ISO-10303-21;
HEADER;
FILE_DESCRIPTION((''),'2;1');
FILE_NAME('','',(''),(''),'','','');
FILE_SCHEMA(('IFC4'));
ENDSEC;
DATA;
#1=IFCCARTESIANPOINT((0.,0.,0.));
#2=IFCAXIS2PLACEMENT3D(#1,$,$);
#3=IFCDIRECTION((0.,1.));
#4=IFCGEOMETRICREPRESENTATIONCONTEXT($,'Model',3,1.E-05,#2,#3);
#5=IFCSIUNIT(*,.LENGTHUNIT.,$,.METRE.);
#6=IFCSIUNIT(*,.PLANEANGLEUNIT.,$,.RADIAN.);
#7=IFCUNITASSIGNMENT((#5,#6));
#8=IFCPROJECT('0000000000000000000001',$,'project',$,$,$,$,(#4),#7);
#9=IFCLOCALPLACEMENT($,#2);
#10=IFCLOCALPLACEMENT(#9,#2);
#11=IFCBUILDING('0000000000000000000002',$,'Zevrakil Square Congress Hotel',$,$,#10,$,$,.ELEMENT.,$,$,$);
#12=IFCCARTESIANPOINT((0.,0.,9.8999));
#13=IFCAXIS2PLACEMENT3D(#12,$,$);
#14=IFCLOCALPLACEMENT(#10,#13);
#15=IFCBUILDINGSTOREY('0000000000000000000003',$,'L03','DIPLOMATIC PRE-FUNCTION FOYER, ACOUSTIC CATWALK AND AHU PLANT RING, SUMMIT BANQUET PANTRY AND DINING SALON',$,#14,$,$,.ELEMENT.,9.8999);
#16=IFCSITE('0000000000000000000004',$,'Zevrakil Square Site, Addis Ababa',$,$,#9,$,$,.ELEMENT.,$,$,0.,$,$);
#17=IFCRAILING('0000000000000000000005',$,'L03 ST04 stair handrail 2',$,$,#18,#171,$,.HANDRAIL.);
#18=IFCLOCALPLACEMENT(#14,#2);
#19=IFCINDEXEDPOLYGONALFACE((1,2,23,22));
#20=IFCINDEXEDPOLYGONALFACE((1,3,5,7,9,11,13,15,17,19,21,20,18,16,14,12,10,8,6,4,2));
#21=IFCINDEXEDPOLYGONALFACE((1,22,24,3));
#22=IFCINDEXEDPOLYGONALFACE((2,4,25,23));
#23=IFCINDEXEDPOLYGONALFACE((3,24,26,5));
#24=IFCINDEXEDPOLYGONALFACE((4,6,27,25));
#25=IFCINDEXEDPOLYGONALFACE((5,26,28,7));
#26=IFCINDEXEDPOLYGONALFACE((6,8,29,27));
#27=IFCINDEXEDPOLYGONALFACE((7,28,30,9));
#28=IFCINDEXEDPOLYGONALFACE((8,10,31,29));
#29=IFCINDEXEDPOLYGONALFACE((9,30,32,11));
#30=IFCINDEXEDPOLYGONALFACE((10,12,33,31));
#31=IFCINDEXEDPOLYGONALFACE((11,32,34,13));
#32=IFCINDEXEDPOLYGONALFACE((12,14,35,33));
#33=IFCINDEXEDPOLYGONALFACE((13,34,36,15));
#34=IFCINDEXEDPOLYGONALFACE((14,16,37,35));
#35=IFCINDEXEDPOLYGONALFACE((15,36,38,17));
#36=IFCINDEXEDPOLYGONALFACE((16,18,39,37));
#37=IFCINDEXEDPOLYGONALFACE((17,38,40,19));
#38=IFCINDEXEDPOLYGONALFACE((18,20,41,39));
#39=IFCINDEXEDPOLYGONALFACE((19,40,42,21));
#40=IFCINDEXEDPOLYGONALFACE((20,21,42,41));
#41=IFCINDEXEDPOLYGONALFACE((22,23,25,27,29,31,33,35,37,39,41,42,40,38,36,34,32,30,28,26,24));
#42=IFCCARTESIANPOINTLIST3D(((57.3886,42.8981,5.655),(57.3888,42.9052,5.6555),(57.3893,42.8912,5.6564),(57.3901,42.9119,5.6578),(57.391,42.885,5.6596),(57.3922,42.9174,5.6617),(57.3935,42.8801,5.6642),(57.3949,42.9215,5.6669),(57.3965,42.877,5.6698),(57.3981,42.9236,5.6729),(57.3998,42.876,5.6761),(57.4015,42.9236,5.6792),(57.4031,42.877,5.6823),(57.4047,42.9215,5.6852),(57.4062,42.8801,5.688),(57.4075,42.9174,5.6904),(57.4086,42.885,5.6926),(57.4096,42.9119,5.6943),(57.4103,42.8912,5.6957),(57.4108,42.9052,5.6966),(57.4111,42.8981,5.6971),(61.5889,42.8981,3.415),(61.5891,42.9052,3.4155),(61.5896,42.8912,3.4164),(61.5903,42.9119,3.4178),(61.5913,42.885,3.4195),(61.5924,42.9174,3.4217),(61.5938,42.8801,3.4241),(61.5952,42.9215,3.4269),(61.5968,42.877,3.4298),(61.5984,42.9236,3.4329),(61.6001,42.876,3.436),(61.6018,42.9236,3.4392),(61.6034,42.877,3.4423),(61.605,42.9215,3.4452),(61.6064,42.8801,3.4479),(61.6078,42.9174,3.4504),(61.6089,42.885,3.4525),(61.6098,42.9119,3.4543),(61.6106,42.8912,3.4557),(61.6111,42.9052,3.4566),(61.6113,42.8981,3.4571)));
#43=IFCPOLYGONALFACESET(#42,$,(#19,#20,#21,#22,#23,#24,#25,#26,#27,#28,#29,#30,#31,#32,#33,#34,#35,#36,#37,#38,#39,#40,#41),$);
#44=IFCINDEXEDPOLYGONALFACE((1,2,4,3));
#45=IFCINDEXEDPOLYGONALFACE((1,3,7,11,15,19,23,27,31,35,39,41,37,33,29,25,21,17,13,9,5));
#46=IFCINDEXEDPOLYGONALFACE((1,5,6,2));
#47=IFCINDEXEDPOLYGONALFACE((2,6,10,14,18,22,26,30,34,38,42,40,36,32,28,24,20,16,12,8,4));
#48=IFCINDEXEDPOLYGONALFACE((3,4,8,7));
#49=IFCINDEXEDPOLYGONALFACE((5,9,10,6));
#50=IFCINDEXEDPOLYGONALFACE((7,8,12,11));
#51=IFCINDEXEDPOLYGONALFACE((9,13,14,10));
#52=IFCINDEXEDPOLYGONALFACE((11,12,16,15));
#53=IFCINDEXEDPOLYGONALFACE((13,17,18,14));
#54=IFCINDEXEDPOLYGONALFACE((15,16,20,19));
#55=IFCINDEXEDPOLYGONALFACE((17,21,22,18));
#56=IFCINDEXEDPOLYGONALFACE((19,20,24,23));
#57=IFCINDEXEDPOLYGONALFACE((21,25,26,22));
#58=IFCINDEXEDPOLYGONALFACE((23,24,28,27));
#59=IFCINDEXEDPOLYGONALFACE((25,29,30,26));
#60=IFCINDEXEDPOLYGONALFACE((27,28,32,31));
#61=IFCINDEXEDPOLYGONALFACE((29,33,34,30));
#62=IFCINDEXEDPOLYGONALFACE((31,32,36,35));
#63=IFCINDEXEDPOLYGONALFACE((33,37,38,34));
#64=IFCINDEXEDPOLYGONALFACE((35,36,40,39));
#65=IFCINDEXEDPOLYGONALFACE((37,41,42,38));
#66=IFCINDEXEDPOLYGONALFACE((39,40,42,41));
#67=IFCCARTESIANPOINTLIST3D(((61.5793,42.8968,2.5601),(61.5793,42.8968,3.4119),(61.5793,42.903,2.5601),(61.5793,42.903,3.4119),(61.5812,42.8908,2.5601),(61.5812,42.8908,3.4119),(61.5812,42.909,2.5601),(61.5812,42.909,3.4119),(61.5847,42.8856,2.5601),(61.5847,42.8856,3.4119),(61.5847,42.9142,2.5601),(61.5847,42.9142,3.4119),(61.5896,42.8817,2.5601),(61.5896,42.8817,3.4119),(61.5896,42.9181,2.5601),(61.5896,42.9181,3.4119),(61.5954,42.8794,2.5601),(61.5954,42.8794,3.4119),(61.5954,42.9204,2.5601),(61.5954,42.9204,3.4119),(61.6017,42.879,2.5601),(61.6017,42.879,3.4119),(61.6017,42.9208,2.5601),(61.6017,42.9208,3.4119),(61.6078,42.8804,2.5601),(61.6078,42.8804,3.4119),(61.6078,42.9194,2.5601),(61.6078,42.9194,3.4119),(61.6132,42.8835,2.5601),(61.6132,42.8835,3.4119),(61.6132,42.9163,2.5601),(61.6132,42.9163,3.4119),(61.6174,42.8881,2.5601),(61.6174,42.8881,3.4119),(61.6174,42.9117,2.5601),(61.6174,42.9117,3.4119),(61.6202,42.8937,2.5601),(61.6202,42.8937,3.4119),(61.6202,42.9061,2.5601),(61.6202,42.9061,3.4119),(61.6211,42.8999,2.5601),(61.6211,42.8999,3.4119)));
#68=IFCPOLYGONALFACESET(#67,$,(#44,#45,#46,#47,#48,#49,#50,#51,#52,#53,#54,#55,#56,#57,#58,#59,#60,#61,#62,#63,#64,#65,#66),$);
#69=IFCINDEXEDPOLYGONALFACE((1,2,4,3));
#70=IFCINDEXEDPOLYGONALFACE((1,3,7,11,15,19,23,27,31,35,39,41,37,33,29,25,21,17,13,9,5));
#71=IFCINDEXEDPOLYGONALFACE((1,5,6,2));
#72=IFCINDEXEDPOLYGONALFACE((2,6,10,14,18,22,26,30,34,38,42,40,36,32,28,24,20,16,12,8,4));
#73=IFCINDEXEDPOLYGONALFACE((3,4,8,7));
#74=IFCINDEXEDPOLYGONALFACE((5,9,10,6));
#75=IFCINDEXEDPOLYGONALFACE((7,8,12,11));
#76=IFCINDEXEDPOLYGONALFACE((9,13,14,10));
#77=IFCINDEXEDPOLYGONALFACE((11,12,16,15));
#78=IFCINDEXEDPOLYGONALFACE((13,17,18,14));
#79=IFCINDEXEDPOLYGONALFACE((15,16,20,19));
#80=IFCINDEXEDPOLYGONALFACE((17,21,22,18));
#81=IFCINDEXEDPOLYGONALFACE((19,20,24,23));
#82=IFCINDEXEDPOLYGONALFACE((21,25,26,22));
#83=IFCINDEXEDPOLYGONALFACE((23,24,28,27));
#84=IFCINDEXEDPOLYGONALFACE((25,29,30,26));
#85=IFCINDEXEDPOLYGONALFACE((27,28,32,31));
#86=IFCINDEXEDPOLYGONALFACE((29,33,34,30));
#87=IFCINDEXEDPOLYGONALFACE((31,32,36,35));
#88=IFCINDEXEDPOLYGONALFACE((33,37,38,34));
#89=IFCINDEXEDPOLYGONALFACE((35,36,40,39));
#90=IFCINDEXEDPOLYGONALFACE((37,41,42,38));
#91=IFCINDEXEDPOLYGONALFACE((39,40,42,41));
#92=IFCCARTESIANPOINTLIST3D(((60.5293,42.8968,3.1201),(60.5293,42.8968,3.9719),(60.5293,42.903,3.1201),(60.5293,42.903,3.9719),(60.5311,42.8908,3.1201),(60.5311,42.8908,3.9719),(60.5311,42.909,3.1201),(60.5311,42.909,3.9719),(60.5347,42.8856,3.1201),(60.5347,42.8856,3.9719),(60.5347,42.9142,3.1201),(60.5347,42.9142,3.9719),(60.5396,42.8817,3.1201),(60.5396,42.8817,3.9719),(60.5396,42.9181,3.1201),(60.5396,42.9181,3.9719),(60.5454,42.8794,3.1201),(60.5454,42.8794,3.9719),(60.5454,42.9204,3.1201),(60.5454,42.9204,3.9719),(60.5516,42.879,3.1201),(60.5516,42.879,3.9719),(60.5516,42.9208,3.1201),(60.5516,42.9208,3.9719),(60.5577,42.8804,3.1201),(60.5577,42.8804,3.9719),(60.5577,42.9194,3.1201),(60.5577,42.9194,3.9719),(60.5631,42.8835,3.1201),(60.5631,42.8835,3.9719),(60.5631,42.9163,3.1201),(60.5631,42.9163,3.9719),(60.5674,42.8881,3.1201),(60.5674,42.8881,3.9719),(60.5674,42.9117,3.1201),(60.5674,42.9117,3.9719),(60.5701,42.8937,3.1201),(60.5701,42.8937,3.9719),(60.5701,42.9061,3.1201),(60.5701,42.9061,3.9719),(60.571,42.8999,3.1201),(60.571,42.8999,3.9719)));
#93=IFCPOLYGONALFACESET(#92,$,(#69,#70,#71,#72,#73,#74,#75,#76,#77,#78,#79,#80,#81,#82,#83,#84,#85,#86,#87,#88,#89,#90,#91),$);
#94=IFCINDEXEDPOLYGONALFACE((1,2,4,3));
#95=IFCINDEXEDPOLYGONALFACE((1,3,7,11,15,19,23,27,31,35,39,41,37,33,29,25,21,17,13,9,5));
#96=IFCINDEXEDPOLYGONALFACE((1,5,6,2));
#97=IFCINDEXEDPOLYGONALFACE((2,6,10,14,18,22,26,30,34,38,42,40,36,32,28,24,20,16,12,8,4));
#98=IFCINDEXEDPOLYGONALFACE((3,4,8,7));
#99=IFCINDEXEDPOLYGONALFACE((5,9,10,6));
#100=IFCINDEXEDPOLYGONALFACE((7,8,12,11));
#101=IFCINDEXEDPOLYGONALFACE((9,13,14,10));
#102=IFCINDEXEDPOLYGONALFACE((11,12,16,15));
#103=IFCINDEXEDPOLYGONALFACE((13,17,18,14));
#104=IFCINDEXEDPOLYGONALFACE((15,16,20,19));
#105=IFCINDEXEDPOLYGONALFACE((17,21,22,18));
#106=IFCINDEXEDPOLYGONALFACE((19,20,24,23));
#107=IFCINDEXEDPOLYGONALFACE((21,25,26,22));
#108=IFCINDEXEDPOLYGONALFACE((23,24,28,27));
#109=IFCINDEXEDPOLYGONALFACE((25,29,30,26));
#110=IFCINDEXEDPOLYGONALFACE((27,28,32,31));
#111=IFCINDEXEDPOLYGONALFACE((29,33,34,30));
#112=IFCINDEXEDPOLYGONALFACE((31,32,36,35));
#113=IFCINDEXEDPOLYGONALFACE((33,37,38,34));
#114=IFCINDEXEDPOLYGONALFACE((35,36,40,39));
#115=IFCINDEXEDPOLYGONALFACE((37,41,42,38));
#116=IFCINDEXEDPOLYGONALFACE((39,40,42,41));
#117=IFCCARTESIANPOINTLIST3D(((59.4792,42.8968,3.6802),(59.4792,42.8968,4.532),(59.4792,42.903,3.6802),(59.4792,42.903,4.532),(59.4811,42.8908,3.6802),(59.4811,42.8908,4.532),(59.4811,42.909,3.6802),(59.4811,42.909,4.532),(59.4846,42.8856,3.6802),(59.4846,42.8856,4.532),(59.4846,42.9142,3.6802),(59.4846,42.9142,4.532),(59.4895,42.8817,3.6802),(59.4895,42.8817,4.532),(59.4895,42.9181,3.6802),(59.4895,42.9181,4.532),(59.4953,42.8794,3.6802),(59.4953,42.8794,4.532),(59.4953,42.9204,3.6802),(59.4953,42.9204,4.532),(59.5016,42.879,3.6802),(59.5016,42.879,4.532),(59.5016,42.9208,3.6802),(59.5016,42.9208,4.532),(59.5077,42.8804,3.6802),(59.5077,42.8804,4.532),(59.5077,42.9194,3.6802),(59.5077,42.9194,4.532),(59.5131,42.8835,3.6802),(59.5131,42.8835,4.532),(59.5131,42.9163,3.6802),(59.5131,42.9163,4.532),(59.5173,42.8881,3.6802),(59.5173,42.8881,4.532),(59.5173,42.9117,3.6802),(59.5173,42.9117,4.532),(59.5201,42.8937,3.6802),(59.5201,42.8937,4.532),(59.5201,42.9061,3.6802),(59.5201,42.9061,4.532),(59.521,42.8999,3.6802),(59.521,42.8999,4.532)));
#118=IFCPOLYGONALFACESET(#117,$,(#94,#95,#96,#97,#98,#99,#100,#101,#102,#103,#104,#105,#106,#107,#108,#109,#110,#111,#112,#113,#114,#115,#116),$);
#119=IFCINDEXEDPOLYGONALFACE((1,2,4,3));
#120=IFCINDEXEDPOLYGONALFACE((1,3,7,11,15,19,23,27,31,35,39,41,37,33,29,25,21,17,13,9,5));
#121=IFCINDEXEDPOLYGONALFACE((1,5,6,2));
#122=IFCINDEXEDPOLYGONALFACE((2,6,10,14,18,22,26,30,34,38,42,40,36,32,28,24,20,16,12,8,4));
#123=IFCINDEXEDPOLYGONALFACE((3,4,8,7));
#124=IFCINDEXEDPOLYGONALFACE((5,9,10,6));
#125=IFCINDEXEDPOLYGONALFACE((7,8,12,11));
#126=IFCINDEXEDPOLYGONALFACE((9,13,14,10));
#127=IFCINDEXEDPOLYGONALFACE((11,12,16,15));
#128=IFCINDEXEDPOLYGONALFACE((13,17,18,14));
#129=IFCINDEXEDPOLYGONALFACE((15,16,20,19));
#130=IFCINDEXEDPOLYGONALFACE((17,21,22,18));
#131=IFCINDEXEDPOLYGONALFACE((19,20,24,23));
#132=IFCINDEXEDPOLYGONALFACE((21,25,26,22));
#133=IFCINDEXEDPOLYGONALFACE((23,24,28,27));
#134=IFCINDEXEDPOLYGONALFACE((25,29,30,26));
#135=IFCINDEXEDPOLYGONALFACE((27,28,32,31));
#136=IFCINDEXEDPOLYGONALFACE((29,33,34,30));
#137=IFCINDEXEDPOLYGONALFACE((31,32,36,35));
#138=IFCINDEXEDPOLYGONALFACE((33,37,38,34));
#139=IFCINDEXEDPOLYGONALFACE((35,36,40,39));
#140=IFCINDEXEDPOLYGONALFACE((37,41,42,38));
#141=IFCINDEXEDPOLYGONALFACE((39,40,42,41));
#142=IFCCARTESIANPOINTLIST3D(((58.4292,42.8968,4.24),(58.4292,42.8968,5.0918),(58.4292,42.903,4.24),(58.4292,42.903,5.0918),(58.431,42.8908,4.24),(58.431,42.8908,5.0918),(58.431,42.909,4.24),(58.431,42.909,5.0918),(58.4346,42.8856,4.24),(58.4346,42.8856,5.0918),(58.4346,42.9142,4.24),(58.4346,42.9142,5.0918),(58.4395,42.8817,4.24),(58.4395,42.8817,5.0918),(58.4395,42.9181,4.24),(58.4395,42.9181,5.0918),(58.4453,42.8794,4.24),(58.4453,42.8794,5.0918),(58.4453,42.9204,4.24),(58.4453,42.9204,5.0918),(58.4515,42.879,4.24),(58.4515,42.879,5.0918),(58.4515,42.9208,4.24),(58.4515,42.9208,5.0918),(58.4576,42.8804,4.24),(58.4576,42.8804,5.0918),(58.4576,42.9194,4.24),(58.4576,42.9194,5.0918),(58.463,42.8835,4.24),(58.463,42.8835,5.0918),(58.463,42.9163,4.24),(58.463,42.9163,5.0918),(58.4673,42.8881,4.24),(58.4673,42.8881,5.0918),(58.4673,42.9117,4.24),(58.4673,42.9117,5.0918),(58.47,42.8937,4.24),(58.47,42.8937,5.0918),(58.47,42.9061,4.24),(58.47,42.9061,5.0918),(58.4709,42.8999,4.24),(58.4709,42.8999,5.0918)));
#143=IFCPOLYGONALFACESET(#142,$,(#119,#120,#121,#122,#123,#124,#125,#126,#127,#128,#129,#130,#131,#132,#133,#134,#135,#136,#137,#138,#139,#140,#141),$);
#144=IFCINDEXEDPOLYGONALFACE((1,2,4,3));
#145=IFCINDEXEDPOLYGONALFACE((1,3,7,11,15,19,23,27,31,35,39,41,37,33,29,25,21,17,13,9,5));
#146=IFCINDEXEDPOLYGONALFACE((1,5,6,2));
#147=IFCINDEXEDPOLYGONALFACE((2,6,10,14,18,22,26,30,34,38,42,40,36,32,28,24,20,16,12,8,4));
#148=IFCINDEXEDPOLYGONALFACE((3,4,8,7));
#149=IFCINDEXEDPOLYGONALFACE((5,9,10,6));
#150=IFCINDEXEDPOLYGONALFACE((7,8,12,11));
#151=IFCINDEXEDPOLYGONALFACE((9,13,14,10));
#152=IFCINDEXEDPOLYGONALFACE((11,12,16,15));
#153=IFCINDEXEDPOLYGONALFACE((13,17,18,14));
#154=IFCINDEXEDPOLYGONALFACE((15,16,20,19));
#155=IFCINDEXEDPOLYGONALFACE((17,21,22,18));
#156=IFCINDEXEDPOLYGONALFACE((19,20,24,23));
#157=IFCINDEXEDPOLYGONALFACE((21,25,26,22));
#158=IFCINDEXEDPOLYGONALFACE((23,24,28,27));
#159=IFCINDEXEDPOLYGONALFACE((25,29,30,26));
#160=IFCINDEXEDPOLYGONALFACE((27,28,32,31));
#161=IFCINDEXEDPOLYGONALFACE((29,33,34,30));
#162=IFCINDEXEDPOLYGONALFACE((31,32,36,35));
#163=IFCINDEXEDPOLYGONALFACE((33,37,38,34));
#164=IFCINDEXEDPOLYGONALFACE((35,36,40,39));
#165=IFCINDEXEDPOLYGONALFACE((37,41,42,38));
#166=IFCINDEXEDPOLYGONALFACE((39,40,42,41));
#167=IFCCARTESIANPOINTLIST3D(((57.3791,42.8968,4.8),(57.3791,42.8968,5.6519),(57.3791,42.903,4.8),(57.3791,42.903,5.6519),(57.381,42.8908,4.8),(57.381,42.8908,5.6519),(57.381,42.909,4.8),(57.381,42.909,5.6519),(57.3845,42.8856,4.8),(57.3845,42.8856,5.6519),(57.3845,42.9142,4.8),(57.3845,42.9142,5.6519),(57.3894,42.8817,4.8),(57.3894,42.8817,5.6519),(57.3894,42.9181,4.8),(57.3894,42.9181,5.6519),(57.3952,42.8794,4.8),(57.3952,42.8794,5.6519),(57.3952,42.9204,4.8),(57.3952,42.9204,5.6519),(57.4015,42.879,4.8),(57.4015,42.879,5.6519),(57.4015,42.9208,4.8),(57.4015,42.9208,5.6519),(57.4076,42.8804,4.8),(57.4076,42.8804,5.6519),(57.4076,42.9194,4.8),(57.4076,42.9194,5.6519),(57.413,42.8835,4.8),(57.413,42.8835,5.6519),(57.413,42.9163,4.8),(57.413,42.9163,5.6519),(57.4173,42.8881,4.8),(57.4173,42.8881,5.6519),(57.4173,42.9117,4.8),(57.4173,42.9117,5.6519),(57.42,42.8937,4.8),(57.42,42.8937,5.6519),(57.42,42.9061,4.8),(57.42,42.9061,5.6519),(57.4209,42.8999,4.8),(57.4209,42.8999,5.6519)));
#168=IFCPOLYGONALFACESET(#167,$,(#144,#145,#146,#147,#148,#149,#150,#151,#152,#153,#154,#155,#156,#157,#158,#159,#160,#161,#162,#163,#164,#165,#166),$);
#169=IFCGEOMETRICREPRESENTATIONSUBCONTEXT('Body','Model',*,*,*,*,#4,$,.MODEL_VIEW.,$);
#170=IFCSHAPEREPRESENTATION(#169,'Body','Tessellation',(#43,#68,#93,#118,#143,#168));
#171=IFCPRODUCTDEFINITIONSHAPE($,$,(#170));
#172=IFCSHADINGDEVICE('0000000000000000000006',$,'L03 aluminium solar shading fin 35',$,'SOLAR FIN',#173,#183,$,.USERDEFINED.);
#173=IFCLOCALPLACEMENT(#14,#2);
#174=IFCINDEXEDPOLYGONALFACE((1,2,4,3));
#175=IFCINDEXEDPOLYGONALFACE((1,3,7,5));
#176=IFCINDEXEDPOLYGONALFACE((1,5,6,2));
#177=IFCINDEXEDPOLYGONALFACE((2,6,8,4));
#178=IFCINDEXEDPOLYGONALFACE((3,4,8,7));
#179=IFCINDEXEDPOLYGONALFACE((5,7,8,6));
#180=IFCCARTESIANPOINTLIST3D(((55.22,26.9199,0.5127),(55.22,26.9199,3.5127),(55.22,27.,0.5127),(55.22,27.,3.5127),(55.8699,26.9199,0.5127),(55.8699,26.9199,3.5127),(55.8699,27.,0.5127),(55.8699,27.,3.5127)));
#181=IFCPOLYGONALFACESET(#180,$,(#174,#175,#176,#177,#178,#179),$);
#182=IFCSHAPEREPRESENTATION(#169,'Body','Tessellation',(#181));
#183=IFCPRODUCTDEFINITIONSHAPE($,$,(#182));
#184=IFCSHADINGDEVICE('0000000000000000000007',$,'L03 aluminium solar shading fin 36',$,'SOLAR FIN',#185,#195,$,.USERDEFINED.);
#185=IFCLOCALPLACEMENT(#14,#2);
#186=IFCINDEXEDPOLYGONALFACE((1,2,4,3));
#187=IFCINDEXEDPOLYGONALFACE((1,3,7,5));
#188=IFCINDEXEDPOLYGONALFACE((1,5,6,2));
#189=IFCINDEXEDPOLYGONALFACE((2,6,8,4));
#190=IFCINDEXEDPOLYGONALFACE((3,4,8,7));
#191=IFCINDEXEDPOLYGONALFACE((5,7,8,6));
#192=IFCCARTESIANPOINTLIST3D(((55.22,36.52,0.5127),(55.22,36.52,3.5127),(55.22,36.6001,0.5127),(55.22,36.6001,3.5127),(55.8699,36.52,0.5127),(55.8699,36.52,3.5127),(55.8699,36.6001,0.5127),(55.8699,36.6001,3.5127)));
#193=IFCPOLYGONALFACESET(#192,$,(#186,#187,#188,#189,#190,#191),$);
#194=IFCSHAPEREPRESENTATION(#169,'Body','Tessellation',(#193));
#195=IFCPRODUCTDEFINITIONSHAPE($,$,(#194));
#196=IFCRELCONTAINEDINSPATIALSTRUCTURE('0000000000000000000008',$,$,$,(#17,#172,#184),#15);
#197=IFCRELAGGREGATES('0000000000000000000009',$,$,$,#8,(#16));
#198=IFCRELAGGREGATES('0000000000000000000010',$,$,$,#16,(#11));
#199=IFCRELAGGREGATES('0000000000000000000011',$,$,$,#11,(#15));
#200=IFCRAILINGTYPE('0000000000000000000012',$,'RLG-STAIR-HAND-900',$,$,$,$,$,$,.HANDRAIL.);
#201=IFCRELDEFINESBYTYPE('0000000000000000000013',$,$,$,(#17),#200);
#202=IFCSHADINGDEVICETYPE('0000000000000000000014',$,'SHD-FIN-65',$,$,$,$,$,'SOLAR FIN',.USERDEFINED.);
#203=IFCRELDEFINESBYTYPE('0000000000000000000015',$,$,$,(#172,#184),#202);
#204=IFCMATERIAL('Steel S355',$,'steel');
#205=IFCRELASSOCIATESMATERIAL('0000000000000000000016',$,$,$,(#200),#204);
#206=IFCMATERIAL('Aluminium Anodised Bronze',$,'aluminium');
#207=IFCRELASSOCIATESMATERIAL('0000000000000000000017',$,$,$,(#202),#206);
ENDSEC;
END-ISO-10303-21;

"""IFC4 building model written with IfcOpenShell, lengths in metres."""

from ifc_helpers import new_model, si_unit, direction, frame, origin, origin_2d, place, context, subcontext, project, spatial, rectangle, circle, extrude, material, type_object, element, save


model = new_model("IFC4")

# Units and contexts
model_context = context("Model", 3, precision=1e-05, world=origin(), true_north=direction((0.0, 1.0)))
body_context = subcontext(model_context, "Body", "Model", "MODEL_VIEW")
ifc_project = project(units=[si_unit("LENGTHUNIT", "METRE"), si_unit("PLANEANGLEUNIT", "RADIAN")], contexts=[model_context])

# Site, building, storey
site_placement = place(None, origin())
site = spatial("IfcSite", under=ifc_project, at=site_placement, Name="Zevrakil Square Site, Addis Ababa", CompositionType="ELEMENT", RefElevation=0.0)
building_placement = place(site_placement, origin())
building = spatial("IfcBuilding", under=site, at=building_placement, Name="Zevrakil Square Congress Hotel", CompositionType="ELEMENT")
storey_placement = place(building_placement, frame((0.0, 0.0, 9.8999)))
storey = spatial("IfcBuildingStorey", under=building, at=storey_placement, Name="L03", Description="DIPLOMATIC PRE-FUNCTION FOYER, ACOUSTIC CATWALK AND AHU PLANT RING, SUMMIT BANQUET PANTRY AND DINING SALON", CompositionType="ELEMENT", Elevation=9.8999)

# Railing
ifc_material_1 = material(Name="Steel S355", Category="steel")
railing_type_1 = type_object("IfcRailingType", Name="RLG-STAIR-HAND-900", PredefinedType="HANDRAIL", material=ifc_material_1)
railing_1_placement = place(storey_placement, frame((61.6001, 42.8999, 2.5601)))
element("IfcRailing", 1, at=railing_1_placement, inside=storey, type_object=railing_type_1, Name="L03 ST04 stair handrail 2", PredefinedType="HANDRAIL", context=body_context, shape_type="SweptSolid", body=[
    extrude(circle(Radius=0.0239, at=origin_2d()), frame((0.0, 0.0, 0.876), z_axis=(-0.882363, 0.0, 0.47057), x_axis=(0.0, -1.0, 0.0)), (0.0, 0.0, 1.0), 4.7603),
    extrude(circle(Radius=0.021, at=origin_2d()), origin(), (0.0, 0.0, 1.0), 0.8518),
    extrude(circle(Radius=0.021, at=origin_2d()), frame((-1.05, 0.0, 0.5601)), (0.0, 0.0, 1.0), 0.8518),
    extrude(circle(Radius=0.021, at=origin_2d()), frame((-2.1001, 0.0, 1.1201)), (0.0, 0.0, 1.0), 0.8518),
    extrude(circle(Radius=0.021, at=origin_2d()), frame((-3.1501, 0.0, 1.6799)), (0.0, 0.0, 1.0), 0.8518),
    extrude(circle(Radius=0.021, at=origin_2d()), frame((-4.2002, 0.0, 2.24)), (0.0, 0.0, 1.0), 0.8518),
])

# Shading devices
ifc_material_2 = material(Name="Aluminium Anodised Bronze", Category="aluminium")
shading_device_type = type_object("IfcShadingDeviceType", Name="SHD-FIN-65", ElementType="SOLAR FIN", PredefinedType="USERDEFINED", material=ifc_material_2)
for number, where, z_axis, x_axis, name in (
    (2, (55.5449, 26.96, 0.5127), (0.0, 0.0, 1.0), (1.0, 0.0, 0.0), "L03 aluminium solar shading fin 35"),
    (3, (55.5449, 36.5601, 0.5127), (0.0, 0.0, 1.0), (1.0, 0.0, 0.0), "L03 aluminium solar shading fin 36"),
):
    element("IfcShadingDevice", number, at=place(storey_placement, frame(where, z_axis=z_axis, x_axis=x_axis)), inside=storey, type_object=shading_device_type, Name=name, ObjectType="SOLAR FIN", PredefinedType="USERDEFINED", context=body_context, shape_type="SweptSolid", body=[
        extrude(rectangle(XDim=0.6499, YDim=0.0801, at=origin_2d()), origin(), (0.0, 0.0, 1.0), 3.0),
    ])

save(model, "model.ifc")
